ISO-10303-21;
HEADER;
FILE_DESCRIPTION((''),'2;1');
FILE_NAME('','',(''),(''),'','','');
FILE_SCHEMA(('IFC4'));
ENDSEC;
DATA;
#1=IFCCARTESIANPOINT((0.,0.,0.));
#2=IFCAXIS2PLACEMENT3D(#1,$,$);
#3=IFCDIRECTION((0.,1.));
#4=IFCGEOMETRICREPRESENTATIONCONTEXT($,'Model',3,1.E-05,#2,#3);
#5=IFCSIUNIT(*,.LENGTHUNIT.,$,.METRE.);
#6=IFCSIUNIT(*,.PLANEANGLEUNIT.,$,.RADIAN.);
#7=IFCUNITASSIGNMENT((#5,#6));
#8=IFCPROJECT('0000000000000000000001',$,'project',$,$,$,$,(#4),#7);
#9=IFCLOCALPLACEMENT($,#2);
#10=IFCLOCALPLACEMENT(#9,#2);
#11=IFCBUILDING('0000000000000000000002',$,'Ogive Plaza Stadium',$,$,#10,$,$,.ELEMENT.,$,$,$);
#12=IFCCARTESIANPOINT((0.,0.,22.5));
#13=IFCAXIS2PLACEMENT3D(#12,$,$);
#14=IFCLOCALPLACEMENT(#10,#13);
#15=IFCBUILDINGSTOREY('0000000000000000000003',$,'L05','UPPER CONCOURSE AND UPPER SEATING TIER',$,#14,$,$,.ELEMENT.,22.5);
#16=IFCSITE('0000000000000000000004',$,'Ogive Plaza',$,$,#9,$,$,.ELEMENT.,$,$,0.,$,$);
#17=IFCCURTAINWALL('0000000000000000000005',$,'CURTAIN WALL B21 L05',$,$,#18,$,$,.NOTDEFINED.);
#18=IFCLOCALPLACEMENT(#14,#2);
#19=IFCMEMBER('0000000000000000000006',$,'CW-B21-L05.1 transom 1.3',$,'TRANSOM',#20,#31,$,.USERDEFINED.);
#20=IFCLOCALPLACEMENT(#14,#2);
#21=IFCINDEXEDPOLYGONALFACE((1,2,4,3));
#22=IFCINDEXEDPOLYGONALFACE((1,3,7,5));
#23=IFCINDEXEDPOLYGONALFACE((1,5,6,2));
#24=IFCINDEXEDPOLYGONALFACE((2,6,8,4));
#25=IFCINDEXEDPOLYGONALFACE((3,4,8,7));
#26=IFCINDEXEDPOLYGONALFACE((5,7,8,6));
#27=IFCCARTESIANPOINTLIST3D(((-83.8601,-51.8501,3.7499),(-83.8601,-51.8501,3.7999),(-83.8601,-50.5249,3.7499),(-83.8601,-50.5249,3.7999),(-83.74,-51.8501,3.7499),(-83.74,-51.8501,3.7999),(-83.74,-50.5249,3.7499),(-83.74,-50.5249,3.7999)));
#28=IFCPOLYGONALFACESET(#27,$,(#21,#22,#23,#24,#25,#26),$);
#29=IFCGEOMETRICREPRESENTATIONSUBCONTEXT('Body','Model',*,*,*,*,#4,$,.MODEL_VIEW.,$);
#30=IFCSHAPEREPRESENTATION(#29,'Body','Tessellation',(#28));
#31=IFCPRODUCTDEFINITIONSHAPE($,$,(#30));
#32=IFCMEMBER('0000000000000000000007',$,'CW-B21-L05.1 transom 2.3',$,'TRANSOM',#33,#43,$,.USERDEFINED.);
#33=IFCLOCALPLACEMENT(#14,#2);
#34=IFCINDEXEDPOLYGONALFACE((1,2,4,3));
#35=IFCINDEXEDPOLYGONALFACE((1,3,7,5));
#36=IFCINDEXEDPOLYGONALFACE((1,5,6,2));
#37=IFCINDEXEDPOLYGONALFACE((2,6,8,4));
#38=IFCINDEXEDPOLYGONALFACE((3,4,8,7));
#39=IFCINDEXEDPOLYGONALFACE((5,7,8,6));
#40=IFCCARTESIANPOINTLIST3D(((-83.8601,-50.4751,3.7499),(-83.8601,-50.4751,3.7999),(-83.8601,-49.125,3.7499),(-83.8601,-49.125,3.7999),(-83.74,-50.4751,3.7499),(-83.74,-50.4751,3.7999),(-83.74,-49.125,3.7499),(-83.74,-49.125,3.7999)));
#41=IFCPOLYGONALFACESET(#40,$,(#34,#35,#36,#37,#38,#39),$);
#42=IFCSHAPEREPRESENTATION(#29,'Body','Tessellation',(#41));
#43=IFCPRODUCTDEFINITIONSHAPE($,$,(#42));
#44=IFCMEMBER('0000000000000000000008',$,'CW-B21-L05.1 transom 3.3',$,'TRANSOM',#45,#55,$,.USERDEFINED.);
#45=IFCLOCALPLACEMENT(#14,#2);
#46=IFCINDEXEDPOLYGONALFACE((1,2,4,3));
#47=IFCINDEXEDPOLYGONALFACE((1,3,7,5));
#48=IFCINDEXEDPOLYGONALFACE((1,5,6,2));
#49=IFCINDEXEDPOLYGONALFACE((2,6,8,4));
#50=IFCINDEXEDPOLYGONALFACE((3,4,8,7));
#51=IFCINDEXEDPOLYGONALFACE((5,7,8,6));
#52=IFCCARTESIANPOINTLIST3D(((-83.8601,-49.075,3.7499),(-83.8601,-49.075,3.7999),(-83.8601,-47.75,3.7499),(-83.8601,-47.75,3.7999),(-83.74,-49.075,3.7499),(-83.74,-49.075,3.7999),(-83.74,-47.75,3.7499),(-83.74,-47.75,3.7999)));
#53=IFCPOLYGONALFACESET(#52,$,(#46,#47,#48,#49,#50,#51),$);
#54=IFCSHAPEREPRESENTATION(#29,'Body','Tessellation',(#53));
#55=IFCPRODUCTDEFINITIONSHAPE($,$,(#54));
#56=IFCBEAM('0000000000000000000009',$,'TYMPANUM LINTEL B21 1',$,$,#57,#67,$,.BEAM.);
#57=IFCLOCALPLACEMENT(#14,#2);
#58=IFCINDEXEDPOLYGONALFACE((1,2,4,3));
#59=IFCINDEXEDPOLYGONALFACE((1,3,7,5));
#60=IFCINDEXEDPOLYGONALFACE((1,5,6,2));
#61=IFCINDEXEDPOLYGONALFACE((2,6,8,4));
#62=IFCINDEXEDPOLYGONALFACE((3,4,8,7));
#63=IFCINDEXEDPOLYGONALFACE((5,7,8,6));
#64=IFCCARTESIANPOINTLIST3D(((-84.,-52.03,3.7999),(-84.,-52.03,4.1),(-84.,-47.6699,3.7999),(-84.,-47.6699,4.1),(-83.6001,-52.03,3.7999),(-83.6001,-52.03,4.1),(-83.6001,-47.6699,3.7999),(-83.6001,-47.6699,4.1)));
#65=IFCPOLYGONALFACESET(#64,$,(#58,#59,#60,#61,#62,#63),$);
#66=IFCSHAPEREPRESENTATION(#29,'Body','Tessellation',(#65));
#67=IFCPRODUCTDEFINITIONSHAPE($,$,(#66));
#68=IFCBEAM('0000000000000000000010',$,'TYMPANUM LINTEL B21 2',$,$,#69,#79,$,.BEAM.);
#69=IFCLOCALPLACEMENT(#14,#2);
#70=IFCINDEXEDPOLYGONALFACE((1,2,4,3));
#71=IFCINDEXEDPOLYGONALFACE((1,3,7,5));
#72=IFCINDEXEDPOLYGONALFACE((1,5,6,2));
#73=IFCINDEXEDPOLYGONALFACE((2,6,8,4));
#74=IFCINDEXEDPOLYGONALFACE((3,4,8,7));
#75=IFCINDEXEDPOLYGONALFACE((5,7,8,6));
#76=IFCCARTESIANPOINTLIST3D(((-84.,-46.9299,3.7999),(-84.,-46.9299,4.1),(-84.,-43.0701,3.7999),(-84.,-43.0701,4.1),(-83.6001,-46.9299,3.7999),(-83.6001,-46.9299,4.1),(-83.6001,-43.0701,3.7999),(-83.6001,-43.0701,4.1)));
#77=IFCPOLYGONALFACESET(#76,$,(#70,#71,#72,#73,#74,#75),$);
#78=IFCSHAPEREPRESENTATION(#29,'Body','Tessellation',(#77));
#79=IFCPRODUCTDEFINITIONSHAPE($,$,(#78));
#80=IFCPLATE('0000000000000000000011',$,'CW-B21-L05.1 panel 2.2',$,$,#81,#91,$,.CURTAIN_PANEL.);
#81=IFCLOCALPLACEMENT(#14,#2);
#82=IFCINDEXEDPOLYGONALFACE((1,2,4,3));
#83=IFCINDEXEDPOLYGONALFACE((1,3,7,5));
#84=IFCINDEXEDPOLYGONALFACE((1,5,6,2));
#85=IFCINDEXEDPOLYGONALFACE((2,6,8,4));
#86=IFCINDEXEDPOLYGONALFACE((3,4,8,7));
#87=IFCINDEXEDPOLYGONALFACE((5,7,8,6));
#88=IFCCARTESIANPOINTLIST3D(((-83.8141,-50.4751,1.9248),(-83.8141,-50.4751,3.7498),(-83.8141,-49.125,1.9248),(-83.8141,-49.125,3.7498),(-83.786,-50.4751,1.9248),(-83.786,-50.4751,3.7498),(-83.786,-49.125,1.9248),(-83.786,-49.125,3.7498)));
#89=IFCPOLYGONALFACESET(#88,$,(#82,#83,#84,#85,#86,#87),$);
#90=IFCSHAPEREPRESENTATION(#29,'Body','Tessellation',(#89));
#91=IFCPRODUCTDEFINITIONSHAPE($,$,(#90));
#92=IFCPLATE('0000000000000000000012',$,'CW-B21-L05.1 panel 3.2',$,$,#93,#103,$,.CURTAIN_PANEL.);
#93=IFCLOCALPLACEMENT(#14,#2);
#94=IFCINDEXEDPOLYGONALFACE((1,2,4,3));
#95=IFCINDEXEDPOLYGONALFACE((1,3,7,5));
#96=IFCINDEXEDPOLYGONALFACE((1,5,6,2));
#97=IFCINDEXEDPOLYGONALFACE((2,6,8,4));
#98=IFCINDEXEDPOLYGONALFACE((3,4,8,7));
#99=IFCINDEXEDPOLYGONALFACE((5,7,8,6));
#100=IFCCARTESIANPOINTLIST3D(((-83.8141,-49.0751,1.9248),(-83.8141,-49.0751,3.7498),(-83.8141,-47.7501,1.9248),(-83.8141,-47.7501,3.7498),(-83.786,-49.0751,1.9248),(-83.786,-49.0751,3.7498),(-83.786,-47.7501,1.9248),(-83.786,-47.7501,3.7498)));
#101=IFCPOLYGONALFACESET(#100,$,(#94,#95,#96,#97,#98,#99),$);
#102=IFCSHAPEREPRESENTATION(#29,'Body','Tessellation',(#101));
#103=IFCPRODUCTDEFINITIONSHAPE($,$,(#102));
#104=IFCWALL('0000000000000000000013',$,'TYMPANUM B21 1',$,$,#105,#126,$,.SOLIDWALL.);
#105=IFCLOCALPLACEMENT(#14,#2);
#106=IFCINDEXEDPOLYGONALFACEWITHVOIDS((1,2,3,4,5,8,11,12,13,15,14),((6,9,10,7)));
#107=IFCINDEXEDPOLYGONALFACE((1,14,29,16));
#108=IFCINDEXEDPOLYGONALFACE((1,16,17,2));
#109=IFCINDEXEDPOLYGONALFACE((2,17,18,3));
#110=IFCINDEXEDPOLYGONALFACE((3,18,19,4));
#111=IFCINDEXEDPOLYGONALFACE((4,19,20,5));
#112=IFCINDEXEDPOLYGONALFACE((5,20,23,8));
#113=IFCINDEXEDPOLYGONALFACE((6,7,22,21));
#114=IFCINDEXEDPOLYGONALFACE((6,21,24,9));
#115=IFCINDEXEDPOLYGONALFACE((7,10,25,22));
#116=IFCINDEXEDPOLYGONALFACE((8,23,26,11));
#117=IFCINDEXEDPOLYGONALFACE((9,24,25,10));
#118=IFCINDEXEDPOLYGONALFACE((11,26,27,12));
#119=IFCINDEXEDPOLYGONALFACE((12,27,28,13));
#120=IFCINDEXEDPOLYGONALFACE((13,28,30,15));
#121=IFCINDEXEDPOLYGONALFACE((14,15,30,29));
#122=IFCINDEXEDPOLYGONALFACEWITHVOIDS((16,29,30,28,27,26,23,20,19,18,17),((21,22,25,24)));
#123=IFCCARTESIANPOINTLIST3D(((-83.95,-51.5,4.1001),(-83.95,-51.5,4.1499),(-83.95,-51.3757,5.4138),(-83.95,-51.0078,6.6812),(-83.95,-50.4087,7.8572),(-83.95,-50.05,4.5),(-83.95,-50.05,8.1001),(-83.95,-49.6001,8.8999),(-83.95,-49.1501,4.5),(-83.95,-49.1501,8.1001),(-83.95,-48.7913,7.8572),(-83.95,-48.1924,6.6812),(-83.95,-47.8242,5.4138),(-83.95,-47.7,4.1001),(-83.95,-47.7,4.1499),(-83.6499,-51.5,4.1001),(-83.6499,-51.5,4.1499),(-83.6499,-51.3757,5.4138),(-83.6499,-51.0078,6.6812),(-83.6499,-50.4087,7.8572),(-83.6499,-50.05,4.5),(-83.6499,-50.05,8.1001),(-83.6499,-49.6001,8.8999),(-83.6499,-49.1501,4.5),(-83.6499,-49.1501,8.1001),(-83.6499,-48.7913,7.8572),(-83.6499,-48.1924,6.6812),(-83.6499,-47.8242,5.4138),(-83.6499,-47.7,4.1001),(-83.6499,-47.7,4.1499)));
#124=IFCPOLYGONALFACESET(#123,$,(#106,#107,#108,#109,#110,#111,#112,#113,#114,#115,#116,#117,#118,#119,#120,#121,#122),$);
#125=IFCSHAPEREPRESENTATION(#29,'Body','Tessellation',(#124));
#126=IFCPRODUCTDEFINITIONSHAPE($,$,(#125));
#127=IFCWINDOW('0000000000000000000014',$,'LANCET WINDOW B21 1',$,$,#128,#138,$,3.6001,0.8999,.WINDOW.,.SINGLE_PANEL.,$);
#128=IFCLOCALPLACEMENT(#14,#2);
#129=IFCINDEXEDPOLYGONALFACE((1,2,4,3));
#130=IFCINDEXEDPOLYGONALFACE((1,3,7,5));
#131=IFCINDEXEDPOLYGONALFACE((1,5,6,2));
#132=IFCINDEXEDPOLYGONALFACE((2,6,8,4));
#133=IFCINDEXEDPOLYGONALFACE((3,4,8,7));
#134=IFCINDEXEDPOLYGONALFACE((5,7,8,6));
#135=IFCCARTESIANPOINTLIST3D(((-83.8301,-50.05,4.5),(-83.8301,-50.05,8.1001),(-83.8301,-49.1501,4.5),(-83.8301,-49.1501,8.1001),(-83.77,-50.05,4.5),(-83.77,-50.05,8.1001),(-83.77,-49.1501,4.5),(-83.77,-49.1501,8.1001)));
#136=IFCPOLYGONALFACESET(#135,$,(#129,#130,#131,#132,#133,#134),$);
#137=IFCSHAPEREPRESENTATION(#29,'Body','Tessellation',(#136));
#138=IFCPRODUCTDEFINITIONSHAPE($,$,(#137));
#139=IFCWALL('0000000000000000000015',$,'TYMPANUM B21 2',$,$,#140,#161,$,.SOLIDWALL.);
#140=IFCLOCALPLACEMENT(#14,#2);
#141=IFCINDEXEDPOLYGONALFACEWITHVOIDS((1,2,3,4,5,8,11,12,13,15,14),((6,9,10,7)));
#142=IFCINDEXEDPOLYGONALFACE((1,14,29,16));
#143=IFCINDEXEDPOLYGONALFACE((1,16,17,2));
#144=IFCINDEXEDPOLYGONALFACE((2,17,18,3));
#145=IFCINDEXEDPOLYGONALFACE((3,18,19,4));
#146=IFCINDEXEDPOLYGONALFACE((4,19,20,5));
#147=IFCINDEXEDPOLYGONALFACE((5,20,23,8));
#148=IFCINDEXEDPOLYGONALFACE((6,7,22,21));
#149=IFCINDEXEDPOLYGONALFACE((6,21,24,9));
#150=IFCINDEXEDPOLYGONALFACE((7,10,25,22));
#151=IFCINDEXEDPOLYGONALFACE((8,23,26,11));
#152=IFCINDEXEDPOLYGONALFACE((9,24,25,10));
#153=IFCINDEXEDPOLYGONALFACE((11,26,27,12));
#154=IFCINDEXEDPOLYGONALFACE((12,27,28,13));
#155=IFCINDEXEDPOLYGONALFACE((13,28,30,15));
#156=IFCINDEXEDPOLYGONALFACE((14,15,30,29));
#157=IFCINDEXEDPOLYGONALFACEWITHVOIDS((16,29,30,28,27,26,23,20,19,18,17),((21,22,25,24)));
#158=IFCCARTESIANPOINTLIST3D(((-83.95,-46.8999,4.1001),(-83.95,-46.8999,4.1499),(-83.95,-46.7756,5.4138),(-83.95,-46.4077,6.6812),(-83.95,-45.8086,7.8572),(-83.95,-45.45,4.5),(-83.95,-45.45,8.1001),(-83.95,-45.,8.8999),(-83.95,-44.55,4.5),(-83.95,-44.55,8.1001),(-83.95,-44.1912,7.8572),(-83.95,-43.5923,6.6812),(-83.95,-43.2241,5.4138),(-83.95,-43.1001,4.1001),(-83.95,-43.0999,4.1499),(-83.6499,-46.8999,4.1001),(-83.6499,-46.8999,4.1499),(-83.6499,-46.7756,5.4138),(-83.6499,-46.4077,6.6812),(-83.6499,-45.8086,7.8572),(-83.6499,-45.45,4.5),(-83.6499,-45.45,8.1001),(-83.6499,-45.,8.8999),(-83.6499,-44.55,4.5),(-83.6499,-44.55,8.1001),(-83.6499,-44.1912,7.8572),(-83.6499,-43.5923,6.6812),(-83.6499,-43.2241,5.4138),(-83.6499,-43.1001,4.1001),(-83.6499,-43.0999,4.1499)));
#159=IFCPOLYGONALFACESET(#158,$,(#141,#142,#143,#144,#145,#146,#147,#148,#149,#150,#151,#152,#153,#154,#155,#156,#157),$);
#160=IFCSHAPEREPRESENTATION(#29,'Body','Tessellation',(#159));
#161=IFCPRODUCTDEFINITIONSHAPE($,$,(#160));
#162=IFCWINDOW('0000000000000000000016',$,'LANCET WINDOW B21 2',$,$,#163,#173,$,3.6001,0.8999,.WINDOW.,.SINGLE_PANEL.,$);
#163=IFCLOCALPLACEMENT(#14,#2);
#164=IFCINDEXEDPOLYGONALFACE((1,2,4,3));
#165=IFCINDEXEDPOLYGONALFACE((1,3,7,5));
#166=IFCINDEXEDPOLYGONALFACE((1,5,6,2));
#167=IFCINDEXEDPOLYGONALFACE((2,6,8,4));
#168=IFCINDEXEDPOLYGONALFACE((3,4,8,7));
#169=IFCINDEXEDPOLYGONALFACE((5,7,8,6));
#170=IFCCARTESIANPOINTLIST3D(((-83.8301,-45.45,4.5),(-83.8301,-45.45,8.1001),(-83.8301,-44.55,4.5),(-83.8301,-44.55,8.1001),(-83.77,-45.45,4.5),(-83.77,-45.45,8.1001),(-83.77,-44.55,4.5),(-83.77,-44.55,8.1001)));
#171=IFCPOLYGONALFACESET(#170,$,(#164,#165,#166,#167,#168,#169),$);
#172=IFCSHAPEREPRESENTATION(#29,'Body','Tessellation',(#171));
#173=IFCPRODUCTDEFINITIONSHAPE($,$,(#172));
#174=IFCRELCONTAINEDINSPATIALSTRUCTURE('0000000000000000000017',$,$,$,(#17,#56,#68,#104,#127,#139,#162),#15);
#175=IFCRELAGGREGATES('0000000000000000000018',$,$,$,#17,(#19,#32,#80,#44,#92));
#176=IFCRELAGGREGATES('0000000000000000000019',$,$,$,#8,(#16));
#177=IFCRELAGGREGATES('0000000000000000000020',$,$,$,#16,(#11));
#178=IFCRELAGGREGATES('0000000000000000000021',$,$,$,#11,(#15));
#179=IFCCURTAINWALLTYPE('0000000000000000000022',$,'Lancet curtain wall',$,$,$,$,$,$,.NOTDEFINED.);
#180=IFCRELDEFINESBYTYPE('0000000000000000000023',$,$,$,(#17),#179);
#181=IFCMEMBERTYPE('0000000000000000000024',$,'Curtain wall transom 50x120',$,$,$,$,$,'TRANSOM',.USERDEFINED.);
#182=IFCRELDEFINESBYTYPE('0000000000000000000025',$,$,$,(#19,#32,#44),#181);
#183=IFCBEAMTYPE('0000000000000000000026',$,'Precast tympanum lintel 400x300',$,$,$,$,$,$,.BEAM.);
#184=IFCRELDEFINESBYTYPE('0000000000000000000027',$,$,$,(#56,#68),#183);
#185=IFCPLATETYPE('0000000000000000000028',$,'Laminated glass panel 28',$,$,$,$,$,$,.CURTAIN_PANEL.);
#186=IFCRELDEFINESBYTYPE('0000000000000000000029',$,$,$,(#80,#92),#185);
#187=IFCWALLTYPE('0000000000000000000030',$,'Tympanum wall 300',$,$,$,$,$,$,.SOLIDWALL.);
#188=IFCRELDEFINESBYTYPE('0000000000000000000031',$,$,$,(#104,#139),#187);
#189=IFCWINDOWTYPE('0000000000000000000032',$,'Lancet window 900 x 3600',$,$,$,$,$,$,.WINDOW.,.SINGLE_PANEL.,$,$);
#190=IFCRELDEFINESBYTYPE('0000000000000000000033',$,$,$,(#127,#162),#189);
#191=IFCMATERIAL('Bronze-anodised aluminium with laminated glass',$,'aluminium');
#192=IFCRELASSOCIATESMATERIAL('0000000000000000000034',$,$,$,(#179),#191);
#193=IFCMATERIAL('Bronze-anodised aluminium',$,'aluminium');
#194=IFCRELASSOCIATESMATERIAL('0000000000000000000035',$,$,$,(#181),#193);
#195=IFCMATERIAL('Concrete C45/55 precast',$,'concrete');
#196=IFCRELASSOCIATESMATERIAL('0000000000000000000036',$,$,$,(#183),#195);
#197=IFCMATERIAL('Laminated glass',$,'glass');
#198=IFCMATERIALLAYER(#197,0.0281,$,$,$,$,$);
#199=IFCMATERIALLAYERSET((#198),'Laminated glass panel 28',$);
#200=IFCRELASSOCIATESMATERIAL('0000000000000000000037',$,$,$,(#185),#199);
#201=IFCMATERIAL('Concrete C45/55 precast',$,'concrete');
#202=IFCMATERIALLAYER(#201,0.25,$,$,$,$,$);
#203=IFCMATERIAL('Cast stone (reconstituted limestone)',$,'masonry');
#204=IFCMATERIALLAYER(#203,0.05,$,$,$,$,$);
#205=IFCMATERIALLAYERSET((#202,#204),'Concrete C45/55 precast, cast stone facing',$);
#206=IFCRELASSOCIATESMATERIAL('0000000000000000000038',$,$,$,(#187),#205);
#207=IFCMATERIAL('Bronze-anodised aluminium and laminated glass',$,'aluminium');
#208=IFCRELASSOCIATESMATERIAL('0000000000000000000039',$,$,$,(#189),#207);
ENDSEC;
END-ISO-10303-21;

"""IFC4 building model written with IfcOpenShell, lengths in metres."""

from ifc_helpers import new_model, si_unit, direction, frame, frame_2d, origin, origin_2d, place, context, subcontext, project, spatial, polyline, rectangle, outline, extrude, material, layer, layer_set, material_profile, profile_set, type_object, element, fill, aggregate, save


model = new_model("IFC4")

# Units and contexts
model_context = context("Model", 3, precision=1e-05, world=origin(), true_north=direction((0.0, 1.0)))
body_context = subcontext(model_context, "Body", "Model", "MODEL_VIEW")
ifc_project = project(units=[si_unit("LENGTHUNIT", "METRE"), si_unit("PLANEANGLEUNIT", "RADIAN")], contexts=[model_context])

# Site, building, storey
site_placement = place(None, origin())
site = spatial("IfcSite", under=ifc_project, at=site_placement, Name="Ogive Plaza", CompositionType="ELEMENT", RefElevation=0.0)
building_placement = place(site_placement, origin())
building = spatial("IfcBuilding", under=site, at=building_placement, Name="Ogive Plaza Stadium", CompositionType="ELEMENT")
storey_placement = place(building_placement, frame((0.0, 0.0, 22.5)))
storey = spatial("IfcBuildingStorey", under=building, at=storey_placement, Name="L05", Description="UPPER CONCOURSE AND UPPER SEATING TIER", CompositionType="ELEMENT", Elevation=22.5)

# Curtain wall, members
ifc_material_1 = material(Name="Bronze-anodised aluminium with laminated glass", Category="aluminium")
curtain_wall_type = type_object("IfcCurtainWallType", Name="Lancet curtain wall", PredefinedType="NOTDEFINED", material=ifc_material_1)
curtain_wall_placement = place(storey_placement, origin())
curtain_wall = element("IfcCurtainWall", 1, at=curtain_wall_placement, inside=storey, type_object=curtain_wall_type, Name="CURTAIN WALL B21 L05", PredefinedType="NOTDEFINED")
ifc_material_2 = material(Name="Bronze-anodised aluminium", Category="aluminium")
ifc_material_profile_1 = material_profile(ifc_material_2, rectangle(XDim=0.1201, YDim=0.05, at=origin_2d()), Name="AL 120x50")
ifc_profile_set_1 = profile_set([ifc_material_profile_1], Name="Bronze-anodised aluminium")
member_type = type_object("IfcMemberType", Name="Curtain wall transom 50x120", ElementType="TRANSOM", PredefinedType="USERDEFINED", material=ifc_profile_set_1)
member_1_placement = place(storey_placement, frame((-83.8, -51.8501, 3.7749), z_axis=(0.0, 1.0, 0.0), x_axis=(-1.0, 0.0, 0.0)))
member_1 = element("IfcMember", 2, at=member_1_placement, type_object=member_type, Name="CW-B21-L05.1 transom 1.3", ObjectType="TRANSOM", PredefinedType="USERDEFINED", context=body_context, shape_type="SweptSolid", body=[
    extrude(rectangle(XDim=0.1201, YDim=0.05, at=origin_2d()), origin(), (0.0, 0.0, 1.0), 1.3252),
])
member_2_placement = place(storey_placement, frame((-83.8, -50.4751, 3.7749), z_axis=(0.0, 1.0, 0.0), x_axis=(-1.0, 0.0, 0.0)))
member_2 = element("IfcMember", 3, at=member_2_placement, type_object=member_type, Name="CW-B21-L05.1 transom 2.3", ObjectType="TRANSOM", PredefinedType="USERDEFINED", context=body_context, shape_type="SweptSolid", body=[
    extrude(rectangle(XDim=0.1201, YDim=0.05, at=origin_2d()), origin(), (0.0, 0.0, 1.0), 1.3501),
])
member_3_placement = place(storey_placement, frame((-83.8, -49.075, 3.7749), z_axis=(0.0, 1.0, 0.0), x_axis=(-1.0, 0.0, 0.0)))
member_3 = element("IfcMember", 4, at=member_3_placement, type_object=member_type, Name="CW-B21-L05.1 transom 3.3", ObjectType="TRANSOM", PredefinedType="USERDEFINED", context=body_context, shape_type="SweptSolid", body=[
    extrude(rectangle(XDim=0.1201, YDim=0.05, at=origin_2d()), origin(), (0.0, 0.0, 1.0), 1.325),
])

# Beams
ifc_material_3 = material(Name="Concrete C45/55 precast", Category="concrete")
ifc_material_profile_2 = material_profile(ifc_material_3, rectangle(XDim=0.3999, YDim=0.3, at=origin_2d()), Name="RC 400x300")
ifc_profile_set_2 = profile_set([ifc_material_profile_2], Name="Concrete C45/55 precast")
beam_type = type_object("IfcBeamType", Name="Precast tympanum lintel 400x300", PredefinedType="BEAM", material=ifc_profile_set_2)
beam_1_placement = place(storey_placement, frame((-83.8, -52.03, 3.95), z_axis=(0.0, 1.0, 0.0), x_axis=(-1.0, 0.0, 0.0)))
element("IfcBeam", 5, at=beam_1_placement, inside=storey, type_object=beam_type, Name="TYMPANUM LINTEL B21 1", PredefinedType="BEAM", context=body_context, shape_type="SweptSolid", body=[
    extrude(rectangle(XDim=0.3999, YDim=0.3, at=origin_2d()), origin(), (0.0, 0.0, 1.0), 4.3601),
])
beam_2_placement = place(storey_placement, frame((-83.8, -46.9299, 3.95), z_axis=(0.0, 1.0, 0.0), x_axis=(-1.0, 0.0, 0.0)))
element("IfcBeam", 6, at=beam_2_placement, inside=storey, type_object=beam_type, Name="TYMPANUM LINTEL B21 2", PredefinedType="BEAM", context=body_context, shape_type="SweptSolid", body=[
    extrude(rectangle(XDim=0.3999, YDim=0.3, at=origin_2d()), origin(), (0.0, 0.0, 1.0), 3.8599),
])

# Plates
ifc_material_4 = material(Name="Laminated glass", Category="glass")
ifc_layer_1 = layer(ifc_material_4, 0.0281)
ifc_layer_set_1 = layer_set([ifc_layer_1], Name="Laminated glass panel 28")
plate_type = type_object("IfcPlateType", Name="Laminated glass panel 28", PredefinedType="CURTAIN_PANEL", material=ifc_layer_set_1)
plate_1_placement = place(storey_placement, frame((-83.8, -49.8, 1.9248), z_axis=(0.0, 0.0, 1.0), x_axis=(0.0, 1.0, 0.0)))
plate_1 = element("IfcPlate", 7, at=plate_1_placement, type_object=plate_type, Name="CW-B21-L05.1 panel 2.2", PredefinedType="CURTAIN_PANEL", context=body_context, shape_type="SweptSolid", body=[
    extrude(rectangle(XDim=1.3501, YDim=0.0281, at=origin_2d()), origin(), (0.0, 0.0, 1.0), 1.825),
])
plate_2_placement = place(storey_placement, frame((-83.8, -48.4126, 1.9248), z_axis=(0.0, 0.0, 1.0), x_axis=(0.0, 1.0, 0.0)))
plate_2 = element("IfcPlate", 8, at=plate_2_placement, type_object=plate_type, Name="CW-B21-L05.1 panel 3.2", PredefinedType="CURTAIN_PANEL", context=body_context, shape_type="SweptSolid", body=[
    extrude(rectangle(XDim=1.325, YDim=0.0281, at=origin_2d()), origin(), (0.0, 0.0, 1.0), 1.825),
])
aggregate(curtain_wall, [member_1, member_2, plate_1, member_3, plate_2])

# Walls, openings, windows
ifc_material_5 = material(Name="Concrete C45/55 precast", Category="concrete")
ifc_layer_2 = layer(ifc_material_5, 0.25)
ifc_material_6 = material(Name="Cast stone (reconstituted limestone)", Category="masonry")
ifc_layer_3 = layer(ifc_material_6, 0.05)
ifc_layer_set_2 = layer_set([ifc_layer_2, ifc_layer_3], Name="Concrete C45/55 precast, cast stone facing")
wall_type = type_object("IfcWallType", Name="Tympanum wall 300", PredefinedType="SOLIDWALL", material=ifc_layer_set_2)
wall_1_placement = place(storey_placement, frame((-83.8, -51.5, 4.1001), z_axis=(0.0, 0.0, 1.0), x_axis=(0.0, 1.0, 0.0)))
wall_1 = element("IfcWall", 9, at=wall_1_placement, inside=storey, type_object=wall_type, Name="TYMPANUM B21 1", PredefinedType="SOLIDWALL", context=body_context, shape_type="SweptSolid", body=[
    extrude(outline(polyline([(0.0, 0.0), (3.8, 0.0), (3.8, 0.0498), (3.6758, 1.3137), (3.3076, 2.5811), (2.7087, 3.7571), (1.8999, 4.7998), (1.0913, 3.7571), (0.4922, 2.5811), (0.1243, 1.3137), (0.0, 0.0498), (0.0, 0.0)])), frame((0.0, 0.1499, 0.0), z_axis=(0.0, -1.0, 0.0), x_axis=(1.0, 0.0, 0.0)), (0.0, 0.0, 1.0), 0.3),
])
opening_1_placement = place(wall_1_placement, frame((1.45, 0.0, 0.3999)))
opening_1 = element("IfcOpeningElement", 10, at=opening_1_placement, cuts=wall_1, PredefinedType="OPENING", context=body_context, shape_type="SweptSolid", body=[
    extrude(rectangle(XDim=0.8999, YDim=3.6001, at=frame_2d((0.45, 1.8))), frame((0.0, 0.1602, 0.0), z_axis=(0.0, -1.0, 0.0), x_axis=(1.0, 0.0, 0.0)), (0.0, 0.0, 1.0), 0.3201),
])
ifc_material_7 = material(Name="Bronze-anodised aluminium and laminated glass", Category="aluminium")
window_type = type_object("IfcWindowType", Name="Lancet window 900 x 3600", PartitioningType="SINGLE_PANEL", PredefinedType="WINDOW", material=ifc_material_7)
window_1_placement = place(opening_1_placement, origin())
window_1 = element("IfcWindow", 11, at=window_1_placement, inside=storey, type_object=window_type, Name="LANCET WINDOW B21 1", OverallHeight=3.6001, OverallWidth=0.8999, PartitioningType="SINGLE_PANEL", PredefinedType="WINDOW", context=body_context, shape_type="SweptSolid", body=[
    extrude(rectangle(XDim=0.8999, YDim=3.6001, at=frame_2d((0.45, 1.8))), frame((0.0, 0.03, 0.0), z_axis=(0.0, -1.0, 0.0), x_axis=(1.0, 0.0, 0.0)), (0.0, 0.0, 1.0), 0.0601),
])
fill(opening_1, window_1)
wall_2_placement = place(storey_placement, frame((-83.8, -46.8999, 4.1001), z_axis=(0.0, 0.0, 1.0), x_axis=(0.0, 1.0, 0.0)))
wall_2 = element("IfcWall", 12, at=wall_2_placement, inside=storey, type_object=wall_type, Name="TYMPANUM B21 2", PredefinedType="SOLIDWALL", context=body_context, shape_type="SweptSolid", body=[
    extrude(outline(polyline([(0.0, 0.0), (3.7998, 0.0), (3.8, 0.0498), (3.6758, 1.3137), (3.3076, 2.5811), (2.7087, 3.7571), (1.8999, 4.7998), (1.0913, 3.7571), (0.4922, 2.5811), (0.1243, 1.3137), (0.0, 0.0498), (0.0, 0.0)])), frame((0.0, 0.1499, 0.0), z_axis=(0.0, -1.0, 0.0), x_axis=(1.0, 0.0, 0.0)), (0.0, 0.0, 1.0), 0.3),
])
opening_2_placement = place(wall_2_placement, frame((1.45, 0.0, 0.3999)))
opening_2 = element("IfcOpeningElement", 13, at=opening_2_placement, cuts=wall_2, PredefinedType="OPENING", context=body_context, shape_type="SweptSolid", body=[
    extrude(rectangle(XDim=0.8999, YDim=3.6001, at=frame_2d((0.45, 1.8))), frame((0.0, 0.1602, 0.0), z_axis=(0.0, -1.0, 0.0), x_axis=(1.0, 0.0, 0.0)), (0.0, 0.0, 1.0), 0.3201),
])
window_2_placement = place(opening_2_placement, origin())
window_2 = element("IfcWindow", 14, at=window_2_placement, inside=storey, type_object=window_type, Name="LANCET WINDOW B21 2", OverallHeight=3.6001, OverallWidth=0.8999, PartitioningType="SINGLE_PANEL", PredefinedType="WINDOW", context=body_context, shape_type="SweptSolid", body=[
    extrude(rectangle(XDim=0.8999, YDim=3.6001, at=frame_2d((0.45, 1.8))), frame((0.0, 0.03, 0.0), z_axis=(0.0, -1.0, 0.0), x_axis=(1.0, 0.0, 0.0)), (0.0, 0.0, 1.0), 0.0601),
])
fill(opening_2, window_2)

save(model, "model.ifc")
